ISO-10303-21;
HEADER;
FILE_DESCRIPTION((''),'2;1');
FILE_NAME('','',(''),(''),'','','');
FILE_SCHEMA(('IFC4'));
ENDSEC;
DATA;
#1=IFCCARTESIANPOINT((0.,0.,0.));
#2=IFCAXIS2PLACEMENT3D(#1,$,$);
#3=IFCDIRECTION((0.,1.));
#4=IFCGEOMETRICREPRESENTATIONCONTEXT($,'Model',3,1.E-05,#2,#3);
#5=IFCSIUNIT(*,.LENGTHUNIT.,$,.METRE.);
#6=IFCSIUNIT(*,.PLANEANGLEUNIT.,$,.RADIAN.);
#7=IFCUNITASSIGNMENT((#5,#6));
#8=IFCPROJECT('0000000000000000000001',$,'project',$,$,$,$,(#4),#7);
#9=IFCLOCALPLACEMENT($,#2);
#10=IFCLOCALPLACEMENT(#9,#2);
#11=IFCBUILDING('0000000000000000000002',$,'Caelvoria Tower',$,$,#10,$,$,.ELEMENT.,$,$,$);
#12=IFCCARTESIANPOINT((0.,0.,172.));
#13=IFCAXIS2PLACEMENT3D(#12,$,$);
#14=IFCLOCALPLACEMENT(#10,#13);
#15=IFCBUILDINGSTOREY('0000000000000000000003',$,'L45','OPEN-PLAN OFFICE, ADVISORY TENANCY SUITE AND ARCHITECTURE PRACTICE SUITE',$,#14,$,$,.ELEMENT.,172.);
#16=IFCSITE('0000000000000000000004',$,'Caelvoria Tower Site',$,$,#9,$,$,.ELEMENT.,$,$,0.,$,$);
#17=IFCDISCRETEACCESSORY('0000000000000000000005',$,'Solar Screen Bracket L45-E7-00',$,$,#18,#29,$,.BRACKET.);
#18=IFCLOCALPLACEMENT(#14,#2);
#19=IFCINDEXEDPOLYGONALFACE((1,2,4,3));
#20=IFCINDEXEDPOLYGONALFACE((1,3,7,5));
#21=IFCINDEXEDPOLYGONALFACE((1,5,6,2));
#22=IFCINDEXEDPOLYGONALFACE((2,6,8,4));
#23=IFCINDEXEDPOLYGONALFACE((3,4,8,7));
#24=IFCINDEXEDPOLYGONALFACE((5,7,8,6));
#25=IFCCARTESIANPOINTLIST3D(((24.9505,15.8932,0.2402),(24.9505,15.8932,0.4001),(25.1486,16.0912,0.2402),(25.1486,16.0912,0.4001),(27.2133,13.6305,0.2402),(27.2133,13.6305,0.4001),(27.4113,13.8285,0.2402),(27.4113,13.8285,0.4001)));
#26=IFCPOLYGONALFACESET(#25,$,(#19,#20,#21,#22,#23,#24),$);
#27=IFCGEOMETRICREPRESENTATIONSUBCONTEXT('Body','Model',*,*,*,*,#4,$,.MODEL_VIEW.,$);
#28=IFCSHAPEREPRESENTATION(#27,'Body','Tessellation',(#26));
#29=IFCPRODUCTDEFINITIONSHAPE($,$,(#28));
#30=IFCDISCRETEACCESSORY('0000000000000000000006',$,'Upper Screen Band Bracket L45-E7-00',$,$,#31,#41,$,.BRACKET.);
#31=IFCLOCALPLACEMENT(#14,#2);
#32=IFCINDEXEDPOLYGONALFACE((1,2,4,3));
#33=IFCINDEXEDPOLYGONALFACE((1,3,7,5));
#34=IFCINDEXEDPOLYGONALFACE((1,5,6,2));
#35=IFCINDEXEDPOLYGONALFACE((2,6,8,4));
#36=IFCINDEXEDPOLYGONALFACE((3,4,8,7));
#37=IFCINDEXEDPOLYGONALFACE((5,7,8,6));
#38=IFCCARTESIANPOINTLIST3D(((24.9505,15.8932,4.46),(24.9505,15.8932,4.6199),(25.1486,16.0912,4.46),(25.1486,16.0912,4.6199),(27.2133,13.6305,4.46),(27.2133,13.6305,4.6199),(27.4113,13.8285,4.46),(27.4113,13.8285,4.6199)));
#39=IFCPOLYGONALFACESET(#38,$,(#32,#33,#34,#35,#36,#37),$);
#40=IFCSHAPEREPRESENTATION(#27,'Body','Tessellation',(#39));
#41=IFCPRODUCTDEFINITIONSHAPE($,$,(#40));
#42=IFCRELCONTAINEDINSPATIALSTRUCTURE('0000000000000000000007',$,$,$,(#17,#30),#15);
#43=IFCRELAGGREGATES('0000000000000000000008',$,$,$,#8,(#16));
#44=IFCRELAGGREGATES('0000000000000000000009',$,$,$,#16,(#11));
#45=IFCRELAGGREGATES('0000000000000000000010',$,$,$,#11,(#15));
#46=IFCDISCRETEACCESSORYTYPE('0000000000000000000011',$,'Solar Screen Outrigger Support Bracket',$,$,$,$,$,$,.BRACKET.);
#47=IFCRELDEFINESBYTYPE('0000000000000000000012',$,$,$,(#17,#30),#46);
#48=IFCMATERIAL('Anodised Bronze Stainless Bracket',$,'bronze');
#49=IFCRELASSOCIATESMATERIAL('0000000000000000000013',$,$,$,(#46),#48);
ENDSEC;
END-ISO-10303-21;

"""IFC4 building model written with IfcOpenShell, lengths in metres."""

from ifc_helpers import new_model, si_unit, direction, frame, origin, origin_2d, place, context, subcontext, project, spatial, rectangle, extrude, material, type_object, element, save


model = new_model("IFC4")

# Units and contexts
model_context = context("Model", 3, precision=1e-05, world=origin(), true_north=direction((0.0, 1.0)))
body_context = subcontext(model_context, "Body", "Model", "MODEL_VIEW")
ifc_project = project(units=[si_unit("LENGTHUNIT", "METRE"), si_unit("PLANEANGLEUNIT", "RADIAN")], contexts=[model_context])

# Site, building, storey
site_placement = place(None, origin())
site = spatial("IfcSite", under=ifc_project, at=site_placement, Name="Caelvoria Tower Site", CompositionType="ELEMENT", RefElevation=0.0)
building_placement = place(site_placement, origin())
building = spatial("IfcBuilding", under=site, at=building_placement, Name="Caelvoria Tower", CompositionType="ELEMENT")
storey_placement = place(building_placement, frame((0.0, 0.0, 172.0)))
storey = spatial("IfcBuildingStorey", under=building, at=storey_placement, Name="L45", Description="OPEN-PLAN OFFICE, ADVISORY TENANCY SUITE AND ARCHITECTURE PRACTICE SUITE", CompositionType="ELEMENT", Elevation=172.0)

# Discrete accessories
ifc_material_1 = material(Name="Anodised Bronze Stainless Bracket", Category="bronze")
discrete_accessory_type = type_object("IfcDiscreteAccessoryType", Name="Solar Screen Outrigger Support Bracket", PredefinedType="BRACKET", material=ifc_material_1)
for number, where, z_axis, x_axis, name in (
    (1, (26.1809, 14.8608, 0.2402), (0.0, 0.0, 1.0), (0.707107, -0.707107, 0.0), "Solar Screen Bracket L45-E7-00"),
    (2, (26.1809, 14.8608, 4.46), (0.0, 0.0, 1.0), (0.707107, -0.707107, 0.0), "Upper Screen Band Bracket L45-E7-00"),
):
    element("IfcDiscreteAccessory", number, at=place(storey_placement, frame(where, z_axis=z_axis, x_axis=x_axis)), inside=storey, type_object=discrete_accessory_type, Name=name, PredefinedType="BRACKET", context=body_context, shape_type="SweptSolid", body=[
        extrude(rectangle(XDim=3.2, YDim=0.28, at=origin_2d()), origin(), (0.0, 0.0, 1.0), 0.1599),
    ])

save(model, "model.ifc")
